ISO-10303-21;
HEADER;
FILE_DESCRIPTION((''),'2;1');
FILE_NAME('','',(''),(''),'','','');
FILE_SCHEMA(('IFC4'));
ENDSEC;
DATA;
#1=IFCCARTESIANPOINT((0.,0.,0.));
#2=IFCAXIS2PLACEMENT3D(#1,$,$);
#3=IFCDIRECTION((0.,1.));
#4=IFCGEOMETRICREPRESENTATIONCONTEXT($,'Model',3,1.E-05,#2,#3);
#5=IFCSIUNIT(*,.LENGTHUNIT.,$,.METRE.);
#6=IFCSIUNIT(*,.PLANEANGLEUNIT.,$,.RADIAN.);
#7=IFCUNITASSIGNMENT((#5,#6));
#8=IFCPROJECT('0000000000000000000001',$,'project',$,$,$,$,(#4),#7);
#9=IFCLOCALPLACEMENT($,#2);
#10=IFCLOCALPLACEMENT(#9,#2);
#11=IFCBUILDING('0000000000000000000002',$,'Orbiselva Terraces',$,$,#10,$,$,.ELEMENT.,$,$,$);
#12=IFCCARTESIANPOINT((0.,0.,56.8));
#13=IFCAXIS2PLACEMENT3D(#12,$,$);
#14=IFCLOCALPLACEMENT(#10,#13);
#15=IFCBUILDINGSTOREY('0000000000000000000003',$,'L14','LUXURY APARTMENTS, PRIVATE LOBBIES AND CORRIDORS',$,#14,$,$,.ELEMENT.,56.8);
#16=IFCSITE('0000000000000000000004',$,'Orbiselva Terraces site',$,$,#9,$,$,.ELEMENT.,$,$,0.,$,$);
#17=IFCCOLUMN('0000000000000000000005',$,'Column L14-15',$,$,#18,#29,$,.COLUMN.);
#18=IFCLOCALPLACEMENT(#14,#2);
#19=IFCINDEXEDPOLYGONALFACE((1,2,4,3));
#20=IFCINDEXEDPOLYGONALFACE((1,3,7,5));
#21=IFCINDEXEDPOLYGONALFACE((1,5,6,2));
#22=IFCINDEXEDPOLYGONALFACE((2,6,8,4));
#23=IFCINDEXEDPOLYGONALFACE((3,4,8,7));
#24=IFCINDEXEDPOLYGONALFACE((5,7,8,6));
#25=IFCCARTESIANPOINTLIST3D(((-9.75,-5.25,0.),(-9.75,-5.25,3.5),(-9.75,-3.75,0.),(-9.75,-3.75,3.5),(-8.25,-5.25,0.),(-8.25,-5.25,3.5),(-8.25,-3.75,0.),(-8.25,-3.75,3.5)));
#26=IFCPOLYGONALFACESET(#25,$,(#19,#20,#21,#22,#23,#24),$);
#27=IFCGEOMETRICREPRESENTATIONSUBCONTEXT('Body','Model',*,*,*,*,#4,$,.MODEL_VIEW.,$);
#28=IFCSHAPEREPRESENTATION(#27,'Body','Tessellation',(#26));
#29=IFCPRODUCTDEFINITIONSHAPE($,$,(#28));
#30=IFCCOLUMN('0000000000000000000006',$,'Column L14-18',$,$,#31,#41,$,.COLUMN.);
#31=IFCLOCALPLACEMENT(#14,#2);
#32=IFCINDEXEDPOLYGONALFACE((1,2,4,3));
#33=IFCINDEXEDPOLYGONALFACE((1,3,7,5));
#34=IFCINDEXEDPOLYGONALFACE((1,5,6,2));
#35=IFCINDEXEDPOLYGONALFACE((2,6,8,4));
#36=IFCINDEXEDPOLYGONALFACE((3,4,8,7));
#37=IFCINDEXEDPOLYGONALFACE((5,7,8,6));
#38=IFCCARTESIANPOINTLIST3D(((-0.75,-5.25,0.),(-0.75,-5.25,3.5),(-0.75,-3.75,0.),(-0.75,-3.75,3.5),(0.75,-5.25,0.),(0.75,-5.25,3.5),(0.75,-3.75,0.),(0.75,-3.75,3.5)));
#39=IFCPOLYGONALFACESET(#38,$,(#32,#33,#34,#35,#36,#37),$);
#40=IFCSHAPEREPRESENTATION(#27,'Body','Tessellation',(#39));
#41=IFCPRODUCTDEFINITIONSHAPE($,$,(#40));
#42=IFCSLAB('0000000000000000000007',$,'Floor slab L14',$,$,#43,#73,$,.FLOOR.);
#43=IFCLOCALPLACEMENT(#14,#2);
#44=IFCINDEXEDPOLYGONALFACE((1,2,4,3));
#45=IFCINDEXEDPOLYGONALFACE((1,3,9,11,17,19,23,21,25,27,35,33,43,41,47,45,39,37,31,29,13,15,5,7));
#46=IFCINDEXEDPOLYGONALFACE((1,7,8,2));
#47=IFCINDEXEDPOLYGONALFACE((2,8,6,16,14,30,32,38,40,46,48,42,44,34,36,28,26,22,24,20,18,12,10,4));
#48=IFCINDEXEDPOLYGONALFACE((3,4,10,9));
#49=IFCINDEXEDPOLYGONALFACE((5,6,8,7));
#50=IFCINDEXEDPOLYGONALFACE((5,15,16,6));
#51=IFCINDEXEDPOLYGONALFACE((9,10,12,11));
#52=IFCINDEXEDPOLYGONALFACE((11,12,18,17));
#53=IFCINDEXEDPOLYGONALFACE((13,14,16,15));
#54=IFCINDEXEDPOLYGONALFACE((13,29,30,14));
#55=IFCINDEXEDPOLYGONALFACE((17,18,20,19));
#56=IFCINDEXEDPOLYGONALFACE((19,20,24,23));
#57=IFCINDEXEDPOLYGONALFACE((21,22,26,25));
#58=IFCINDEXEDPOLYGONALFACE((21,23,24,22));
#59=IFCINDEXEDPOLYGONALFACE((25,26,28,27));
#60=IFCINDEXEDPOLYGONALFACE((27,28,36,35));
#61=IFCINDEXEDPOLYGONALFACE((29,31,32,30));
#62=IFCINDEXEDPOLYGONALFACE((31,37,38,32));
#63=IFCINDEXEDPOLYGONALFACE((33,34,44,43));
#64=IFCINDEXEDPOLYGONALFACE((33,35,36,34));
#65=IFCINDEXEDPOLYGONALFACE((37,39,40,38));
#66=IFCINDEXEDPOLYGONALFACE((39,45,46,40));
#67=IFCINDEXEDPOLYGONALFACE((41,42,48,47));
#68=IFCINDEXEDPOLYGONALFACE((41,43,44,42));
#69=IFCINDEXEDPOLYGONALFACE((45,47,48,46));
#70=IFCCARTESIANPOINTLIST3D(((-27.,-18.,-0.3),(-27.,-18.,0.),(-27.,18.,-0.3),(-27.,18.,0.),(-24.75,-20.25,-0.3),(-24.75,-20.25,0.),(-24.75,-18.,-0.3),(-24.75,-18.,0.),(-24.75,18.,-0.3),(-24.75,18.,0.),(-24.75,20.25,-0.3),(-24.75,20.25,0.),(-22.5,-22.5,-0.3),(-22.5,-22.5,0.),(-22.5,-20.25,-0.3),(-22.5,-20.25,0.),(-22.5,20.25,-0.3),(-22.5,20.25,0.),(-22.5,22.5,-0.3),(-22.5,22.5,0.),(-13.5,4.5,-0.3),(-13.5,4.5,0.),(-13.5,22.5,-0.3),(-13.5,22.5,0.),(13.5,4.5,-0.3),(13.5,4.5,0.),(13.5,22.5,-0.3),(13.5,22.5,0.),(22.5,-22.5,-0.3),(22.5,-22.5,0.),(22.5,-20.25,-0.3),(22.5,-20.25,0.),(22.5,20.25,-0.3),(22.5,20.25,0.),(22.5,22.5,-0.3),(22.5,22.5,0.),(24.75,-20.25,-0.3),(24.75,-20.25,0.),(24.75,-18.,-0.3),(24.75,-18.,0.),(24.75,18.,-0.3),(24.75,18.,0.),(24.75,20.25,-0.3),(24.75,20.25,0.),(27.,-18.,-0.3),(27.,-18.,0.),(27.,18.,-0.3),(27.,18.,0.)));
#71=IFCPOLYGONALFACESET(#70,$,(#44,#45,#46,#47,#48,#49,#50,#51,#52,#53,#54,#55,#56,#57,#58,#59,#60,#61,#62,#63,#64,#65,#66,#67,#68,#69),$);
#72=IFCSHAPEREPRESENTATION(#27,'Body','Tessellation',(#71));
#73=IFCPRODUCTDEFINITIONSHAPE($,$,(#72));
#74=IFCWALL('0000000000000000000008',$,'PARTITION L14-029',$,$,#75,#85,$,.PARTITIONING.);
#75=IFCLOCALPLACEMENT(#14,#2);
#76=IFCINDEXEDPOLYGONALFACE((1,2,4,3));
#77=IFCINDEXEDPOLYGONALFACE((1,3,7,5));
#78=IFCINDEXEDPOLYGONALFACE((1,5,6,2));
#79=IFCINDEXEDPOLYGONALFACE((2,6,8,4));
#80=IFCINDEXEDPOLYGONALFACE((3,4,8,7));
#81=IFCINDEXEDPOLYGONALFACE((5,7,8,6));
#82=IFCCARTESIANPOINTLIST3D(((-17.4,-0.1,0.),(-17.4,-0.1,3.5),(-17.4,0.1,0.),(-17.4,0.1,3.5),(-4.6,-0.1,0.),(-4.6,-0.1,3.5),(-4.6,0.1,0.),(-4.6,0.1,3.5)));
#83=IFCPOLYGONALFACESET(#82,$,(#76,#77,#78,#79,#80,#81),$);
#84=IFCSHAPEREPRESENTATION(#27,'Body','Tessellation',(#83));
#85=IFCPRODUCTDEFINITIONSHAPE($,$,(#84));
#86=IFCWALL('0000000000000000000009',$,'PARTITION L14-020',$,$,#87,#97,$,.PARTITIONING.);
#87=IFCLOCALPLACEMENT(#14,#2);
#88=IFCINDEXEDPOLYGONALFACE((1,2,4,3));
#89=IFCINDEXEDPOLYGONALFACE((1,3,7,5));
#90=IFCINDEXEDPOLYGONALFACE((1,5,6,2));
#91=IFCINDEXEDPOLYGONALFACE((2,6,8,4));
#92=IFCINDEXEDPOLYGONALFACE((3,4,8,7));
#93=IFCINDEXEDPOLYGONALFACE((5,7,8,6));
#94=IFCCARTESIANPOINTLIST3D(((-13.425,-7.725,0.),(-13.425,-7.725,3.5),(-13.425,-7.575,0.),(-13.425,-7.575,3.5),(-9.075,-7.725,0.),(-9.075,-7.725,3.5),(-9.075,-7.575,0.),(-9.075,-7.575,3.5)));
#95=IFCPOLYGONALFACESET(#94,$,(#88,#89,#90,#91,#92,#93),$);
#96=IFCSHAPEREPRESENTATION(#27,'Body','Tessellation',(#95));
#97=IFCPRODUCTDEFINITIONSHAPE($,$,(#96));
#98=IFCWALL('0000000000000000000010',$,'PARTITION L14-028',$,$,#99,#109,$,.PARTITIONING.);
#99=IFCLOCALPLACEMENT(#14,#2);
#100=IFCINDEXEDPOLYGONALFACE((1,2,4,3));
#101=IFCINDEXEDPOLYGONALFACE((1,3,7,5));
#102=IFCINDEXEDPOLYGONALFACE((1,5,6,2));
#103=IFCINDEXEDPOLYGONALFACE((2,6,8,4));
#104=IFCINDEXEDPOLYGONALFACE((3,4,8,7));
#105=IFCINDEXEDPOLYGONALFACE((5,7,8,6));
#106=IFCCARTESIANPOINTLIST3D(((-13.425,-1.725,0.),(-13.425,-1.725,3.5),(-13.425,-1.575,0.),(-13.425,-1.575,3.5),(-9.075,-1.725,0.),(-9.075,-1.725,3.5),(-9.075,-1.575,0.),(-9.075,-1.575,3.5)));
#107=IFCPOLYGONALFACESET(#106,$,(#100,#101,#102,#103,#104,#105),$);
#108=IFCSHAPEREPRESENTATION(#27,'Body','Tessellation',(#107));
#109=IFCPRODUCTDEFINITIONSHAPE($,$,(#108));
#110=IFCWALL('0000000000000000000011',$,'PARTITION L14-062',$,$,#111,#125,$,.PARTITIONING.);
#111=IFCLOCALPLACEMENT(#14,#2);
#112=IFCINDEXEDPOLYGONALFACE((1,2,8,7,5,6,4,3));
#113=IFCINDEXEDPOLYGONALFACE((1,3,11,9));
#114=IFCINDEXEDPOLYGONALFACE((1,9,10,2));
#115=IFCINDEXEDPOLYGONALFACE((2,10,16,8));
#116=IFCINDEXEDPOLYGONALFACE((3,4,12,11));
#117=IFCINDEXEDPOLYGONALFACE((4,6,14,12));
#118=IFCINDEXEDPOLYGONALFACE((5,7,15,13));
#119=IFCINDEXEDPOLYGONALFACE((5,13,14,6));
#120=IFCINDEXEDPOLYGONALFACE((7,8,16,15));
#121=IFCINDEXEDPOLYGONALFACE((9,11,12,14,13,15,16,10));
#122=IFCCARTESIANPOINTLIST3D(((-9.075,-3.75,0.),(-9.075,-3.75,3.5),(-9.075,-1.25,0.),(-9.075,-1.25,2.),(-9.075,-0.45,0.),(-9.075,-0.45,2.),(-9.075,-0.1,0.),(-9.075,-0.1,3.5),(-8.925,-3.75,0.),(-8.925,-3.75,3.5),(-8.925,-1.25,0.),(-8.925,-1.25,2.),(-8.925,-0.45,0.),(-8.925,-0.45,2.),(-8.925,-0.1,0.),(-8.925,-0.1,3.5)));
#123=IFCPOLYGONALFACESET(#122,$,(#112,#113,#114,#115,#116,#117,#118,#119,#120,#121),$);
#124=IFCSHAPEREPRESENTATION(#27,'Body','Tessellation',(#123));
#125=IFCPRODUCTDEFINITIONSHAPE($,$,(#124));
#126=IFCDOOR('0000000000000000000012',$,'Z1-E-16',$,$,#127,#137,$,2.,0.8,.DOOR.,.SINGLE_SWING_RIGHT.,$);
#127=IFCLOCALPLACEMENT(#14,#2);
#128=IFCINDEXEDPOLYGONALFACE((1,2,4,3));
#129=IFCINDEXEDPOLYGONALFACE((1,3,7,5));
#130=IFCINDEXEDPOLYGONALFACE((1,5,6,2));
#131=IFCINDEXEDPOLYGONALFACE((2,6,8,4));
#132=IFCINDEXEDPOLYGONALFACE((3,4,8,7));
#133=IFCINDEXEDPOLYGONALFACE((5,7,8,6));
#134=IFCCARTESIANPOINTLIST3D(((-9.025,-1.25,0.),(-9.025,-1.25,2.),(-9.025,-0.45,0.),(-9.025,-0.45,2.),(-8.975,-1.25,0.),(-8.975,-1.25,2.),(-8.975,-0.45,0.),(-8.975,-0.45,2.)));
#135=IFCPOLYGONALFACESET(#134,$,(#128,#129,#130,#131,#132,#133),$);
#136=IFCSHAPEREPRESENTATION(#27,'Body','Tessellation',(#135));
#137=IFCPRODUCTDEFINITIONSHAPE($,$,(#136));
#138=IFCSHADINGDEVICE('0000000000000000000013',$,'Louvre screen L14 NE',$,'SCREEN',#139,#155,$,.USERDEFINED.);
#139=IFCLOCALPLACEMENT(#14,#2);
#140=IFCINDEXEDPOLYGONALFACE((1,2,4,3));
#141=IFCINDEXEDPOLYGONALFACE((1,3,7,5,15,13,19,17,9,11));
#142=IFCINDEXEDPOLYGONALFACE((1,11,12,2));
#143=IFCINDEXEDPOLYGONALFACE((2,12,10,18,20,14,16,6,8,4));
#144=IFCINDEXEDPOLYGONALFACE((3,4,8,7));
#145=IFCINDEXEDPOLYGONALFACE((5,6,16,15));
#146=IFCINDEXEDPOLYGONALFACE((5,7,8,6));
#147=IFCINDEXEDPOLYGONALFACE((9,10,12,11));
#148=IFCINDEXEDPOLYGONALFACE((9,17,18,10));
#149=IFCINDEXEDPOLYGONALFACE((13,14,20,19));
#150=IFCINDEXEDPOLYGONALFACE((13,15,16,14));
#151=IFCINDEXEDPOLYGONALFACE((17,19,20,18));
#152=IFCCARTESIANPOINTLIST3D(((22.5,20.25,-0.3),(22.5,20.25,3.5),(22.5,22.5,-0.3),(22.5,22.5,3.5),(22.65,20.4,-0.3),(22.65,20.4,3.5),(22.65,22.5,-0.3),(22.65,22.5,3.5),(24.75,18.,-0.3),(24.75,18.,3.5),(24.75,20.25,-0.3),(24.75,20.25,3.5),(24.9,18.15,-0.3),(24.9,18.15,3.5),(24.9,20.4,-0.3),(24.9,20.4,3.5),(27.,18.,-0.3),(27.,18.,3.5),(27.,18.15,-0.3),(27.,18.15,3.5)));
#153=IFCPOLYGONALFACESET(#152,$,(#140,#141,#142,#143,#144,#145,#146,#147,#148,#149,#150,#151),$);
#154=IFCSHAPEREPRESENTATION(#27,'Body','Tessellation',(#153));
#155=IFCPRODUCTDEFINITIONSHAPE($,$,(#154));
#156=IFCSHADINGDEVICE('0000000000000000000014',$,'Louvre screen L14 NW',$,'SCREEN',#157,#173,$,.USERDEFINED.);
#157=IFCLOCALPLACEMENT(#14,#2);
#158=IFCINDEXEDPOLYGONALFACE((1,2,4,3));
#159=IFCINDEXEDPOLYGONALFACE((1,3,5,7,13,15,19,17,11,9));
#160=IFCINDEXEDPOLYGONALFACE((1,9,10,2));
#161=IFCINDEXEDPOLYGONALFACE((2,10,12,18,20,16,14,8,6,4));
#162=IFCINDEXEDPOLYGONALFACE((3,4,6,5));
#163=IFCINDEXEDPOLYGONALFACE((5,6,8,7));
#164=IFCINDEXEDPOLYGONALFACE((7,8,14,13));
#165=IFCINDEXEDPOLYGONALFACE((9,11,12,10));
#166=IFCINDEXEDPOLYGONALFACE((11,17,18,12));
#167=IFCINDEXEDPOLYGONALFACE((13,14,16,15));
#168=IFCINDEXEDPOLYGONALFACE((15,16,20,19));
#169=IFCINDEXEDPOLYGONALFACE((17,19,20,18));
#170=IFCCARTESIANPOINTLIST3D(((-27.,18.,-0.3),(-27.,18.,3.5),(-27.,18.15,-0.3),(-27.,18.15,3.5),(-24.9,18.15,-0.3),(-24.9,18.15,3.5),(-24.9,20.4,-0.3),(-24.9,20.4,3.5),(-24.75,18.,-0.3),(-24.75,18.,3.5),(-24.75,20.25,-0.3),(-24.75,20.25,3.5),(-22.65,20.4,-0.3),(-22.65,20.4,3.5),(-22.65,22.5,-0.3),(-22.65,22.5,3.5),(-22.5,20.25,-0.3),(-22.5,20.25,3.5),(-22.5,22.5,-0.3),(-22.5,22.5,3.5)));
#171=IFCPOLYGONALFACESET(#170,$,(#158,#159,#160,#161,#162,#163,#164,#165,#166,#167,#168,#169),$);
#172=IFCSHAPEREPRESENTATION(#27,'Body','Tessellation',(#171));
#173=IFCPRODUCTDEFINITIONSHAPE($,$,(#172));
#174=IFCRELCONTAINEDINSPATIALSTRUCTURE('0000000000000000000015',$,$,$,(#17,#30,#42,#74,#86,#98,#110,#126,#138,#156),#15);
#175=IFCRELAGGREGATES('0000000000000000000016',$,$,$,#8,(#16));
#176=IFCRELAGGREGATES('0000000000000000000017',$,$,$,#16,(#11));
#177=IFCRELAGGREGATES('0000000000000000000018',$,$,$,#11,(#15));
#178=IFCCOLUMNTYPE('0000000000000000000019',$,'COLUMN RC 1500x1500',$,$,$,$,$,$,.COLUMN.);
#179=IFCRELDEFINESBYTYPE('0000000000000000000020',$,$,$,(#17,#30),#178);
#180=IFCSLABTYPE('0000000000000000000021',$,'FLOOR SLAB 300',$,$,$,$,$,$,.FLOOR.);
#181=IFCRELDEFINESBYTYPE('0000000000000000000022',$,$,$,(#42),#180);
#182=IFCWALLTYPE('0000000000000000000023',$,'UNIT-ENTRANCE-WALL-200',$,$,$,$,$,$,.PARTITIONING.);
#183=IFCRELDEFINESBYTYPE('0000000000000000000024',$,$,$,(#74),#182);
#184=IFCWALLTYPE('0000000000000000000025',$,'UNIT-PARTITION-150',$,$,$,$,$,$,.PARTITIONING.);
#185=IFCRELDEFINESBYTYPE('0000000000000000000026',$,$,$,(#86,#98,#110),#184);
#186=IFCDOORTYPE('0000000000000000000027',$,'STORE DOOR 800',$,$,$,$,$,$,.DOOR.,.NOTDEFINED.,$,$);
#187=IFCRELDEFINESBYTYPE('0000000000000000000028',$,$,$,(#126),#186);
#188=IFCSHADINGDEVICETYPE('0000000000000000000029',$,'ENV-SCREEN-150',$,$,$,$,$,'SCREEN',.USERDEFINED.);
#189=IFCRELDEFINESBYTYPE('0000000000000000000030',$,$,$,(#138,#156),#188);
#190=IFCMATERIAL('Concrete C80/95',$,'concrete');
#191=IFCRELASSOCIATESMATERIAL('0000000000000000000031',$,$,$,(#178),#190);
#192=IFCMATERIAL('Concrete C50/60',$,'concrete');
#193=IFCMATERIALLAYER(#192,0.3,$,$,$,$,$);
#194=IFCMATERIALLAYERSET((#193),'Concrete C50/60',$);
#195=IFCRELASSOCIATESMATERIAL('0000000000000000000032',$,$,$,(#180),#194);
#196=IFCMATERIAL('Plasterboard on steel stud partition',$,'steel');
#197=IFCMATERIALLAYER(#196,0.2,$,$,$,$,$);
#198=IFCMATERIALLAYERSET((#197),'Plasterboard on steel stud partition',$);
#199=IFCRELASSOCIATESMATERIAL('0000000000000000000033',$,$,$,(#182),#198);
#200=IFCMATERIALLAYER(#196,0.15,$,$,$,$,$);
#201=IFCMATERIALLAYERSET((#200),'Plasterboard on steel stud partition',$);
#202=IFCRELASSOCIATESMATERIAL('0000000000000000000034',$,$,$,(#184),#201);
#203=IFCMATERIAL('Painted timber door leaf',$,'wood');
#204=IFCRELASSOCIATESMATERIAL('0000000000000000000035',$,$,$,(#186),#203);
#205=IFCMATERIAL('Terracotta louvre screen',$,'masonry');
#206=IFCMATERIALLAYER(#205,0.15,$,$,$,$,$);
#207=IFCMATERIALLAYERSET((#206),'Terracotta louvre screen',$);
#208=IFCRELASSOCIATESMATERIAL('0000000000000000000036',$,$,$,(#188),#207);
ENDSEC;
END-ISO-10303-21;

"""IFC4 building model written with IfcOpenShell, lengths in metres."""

from ifc_helpers import new_model, si_unit, direction, frame, frame_2d, origin, origin_2d, place, context, subcontext, project, spatial, polyline, rectangle, outline, extrude, material, layer, layer_set, material_profile, profile_set, type_object, element, fill, save


model = new_model("IFC4")

# Units and contexts
model_context = context("Model", 3, precision=1e-05, world=origin(), true_north=direction((0.0, 1.0)))
body_context = subcontext(model_context, "Body", "Model", "MODEL_VIEW")
ifc_project = project(units=[si_unit("LENGTHUNIT", "METRE"), si_unit("PLANEANGLEUNIT", "RADIAN")], contexts=[model_context])

# Site, building, storey
site_placement = place(None, origin())
site = spatial("IfcSite", under=ifc_project, at=site_placement, Name="Orbiselva Terraces site", CompositionType="ELEMENT", RefElevation=0.0)
building_placement = place(site_placement, origin())
building = spatial("IfcBuilding", under=site, at=building_placement, Name="Orbiselva Terraces", CompositionType="ELEMENT")
storey_placement = place(building_placement, frame((0.0, 0.0, 56.8)))
storey = spatial("IfcBuildingStorey", under=building, at=storey_placement, Name="L14", Description="LUXURY APARTMENTS, PRIVATE LOBBIES AND CORRIDORS", CompositionType="ELEMENT", Elevation=56.8)

# Columns
ifc_material_1 = material(Name="Concrete C80/95", Category="concrete")
ifc_material_profile = material_profile(ifc_material_1, rectangle(XDim=1.5, YDim=1.5, at=origin_2d()), Name="RC 1500x1500")
ifc_profile_set = profile_set([ifc_material_profile], Name="Concrete C80/95")
column_type = type_object("IfcColumnType", Name="COLUMN RC 1500x1500", PredefinedType="COLUMN", material=ifc_profile_set)
for number, where, z_axis, x_axis, name in (
    (1, (-9.0, -4.5, 0.0), (0.0, 0.0, 1.0), (1.0, 0.0, 0.0), "Column L14-15"),
    (2, (0.0, -4.5, 0.0), (0.0, 0.0, 1.0), (1.0, 0.0, 0.0), "Column L14-18"),
):
    element("IfcColumn", number, at=place(storey_placement, frame(where, z_axis=z_axis, x_axis=x_axis)), inside=storey, type_object=column_type, Name=name, PredefinedType="COLUMN", context=body_context, shape_type="SweptSolid", body=[
        extrude(rectangle(XDim=1.5, YDim=1.5, at=origin_2d()), origin(), (0.0, 0.0, 1.0), 3.5),
    ])

# Slab
ifc_material_2 = material(Name="Concrete C50/60", Category="concrete")
ifc_layer_1 = layer(ifc_material_2, 0.3)
ifc_layer_set_1 = layer_set([ifc_layer_1], Name="Concrete C50/60")
slab_type = type_object("IfcSlabType", Name="FLOOR SLAB 300", PredefinedType="FLOOR", material=ifc_layer_set_1)
slab_placement = place(storey_placement, frame((0.0, 0.0, -0.3)))
element("IfcSlab", 3, at=slab_placement, inside=storey, type_object=slab_type, Name="Floor slab L14", PredefinedType="FLOOR", context=body_context, shape_type="SweptSolid", body=[
    extrude(outline(polyline([(22.5, 22.5), (22.5, 20.25), (24.75, 20.25), (24.75, 18.0), (27.0, 18.0), (27.0, -18.0), (24.75, -18.0), (24.75, -20.25), (22.5, -20.25), (22.5, -22.5), (-22.5, -22.5), (-22.5, -20.25), (-24.75, -20.25), (-24.75, -18.0), (-27.0, -18.0), (-27.0, 18.0), (-24.75, 18.0), (-24.75, 20.25), (-22.5, 20.25), (-22.5, 22.5), (-13.5, 22.5), (-13.5, 4.5), (13.5, 4.5), (13.5, 22.5), (22.5, 22.5)])), origin(), (0.0, 0.0, 1.0), 0.3),
])

# Walls
ifc_material_3 = material(Name="Plasterboard on steel stud partition", Category="steel")
ifc_layer_2 = layer(ifc_material_3, 0.2)
ifc_layer_set_2 = layer_set([ifc_layer_2], Name="Plasterboard on steel stud partition")
wall_type_1 = type_object("IfcWallType", Name="UNIT-ENTRANCE-WALL-200", PredefinedType="PARTITIONING", material=ifc_layer_set_2)
wall_1_placement = place(storey_placement, frame((-17.4, 0.0, 0.0), z_axis=(0.0, 0.0, 1.0), x_axis=(1.0, 0.0, 0.0)))
element("IfcWall", 4, at=wall_1_placement, inside=storey, type_object=wall_type_1, Name="PARTITION L14-029", PredefinedType="PARTITIONING", context=body_context, shape_type="SweptSolid", body=[
    extrude(rectangle(XDim=12.8, YDim=0.2, at=frame_2d((6.4, 0.0))), origin(), (0.0, 0.0, 1.0), 3.5),
])
ifc_layer_3 = layer(ifc_material_3, 0.15)
ifc_layer_set_3 = layer_set([ifc_layer_3], Name="Plasterboard on steel stud partition")
wall_type_2 = type_object("IfcWallType", Name="UNIT-PARTITION-150", PredefinedType="PARTITIONING", material=ifc_layer_set_3)
for number, where, z_axis, x_axis, name in (
    (5, (-13.425, -7.65, 0.0), (0.0, 0.0, 1.0), (1.0, 0.0, 0.0), "PARTITION L14-020"),
    (6, (-13.425, -1.65, 0.0), (0.0, 0.0, 1.0), (1.0, 0.0, 0.0), "PARTITION L14-028"),
):
    element("IfcWall", number, at=place(storey_placement, frame(where, z_axis=z_axis, x_axis=x_axis)), inside=storey, type_object=wall_type_2, Name=name, PredefinedType="PARTITIONING", context=body_context, shape_type="SweptSolid", body=[
        extrude(rectangle(XDim=4.35, YDim=0.15, at=frame_2d((2.175, 0.0))), origin(), (0.0, 0.0, 1.0), 3.5),
    ])

# Wall, opening, door
wall_2_placement = place(storey_placement, frame((-9.0, -3.75, 0.0), z_axis=(0.0, 0.0, 1.0), x_axis=(0.0, 1.0, 0.0)))
wall_2 = element("IfcWall", 7, at=wall_2_placement, inside=storey, type_object=wall_type_2, Name="PARTITION L14-062", PredefinedType="PARTITIONING", context=body_context, shape_type="SweptSolid", body=[
    extrude(rectangle(XDim=3.65, YDim=0.15, at=frame_2d((1.825, 0.0))), origin(), (0.0, 0.0, 1.0), 3.5),
])
opening_placement = place(wall_2_placement, frame((2.5, 0.0, 0.0)))
opening = element("IfcOpeningElement", 8, at=opening_placement, cuts=wall_2, PredefinedType="OPENING", context=body_context, shape_type="SweptSolid", body=[
    extrude(rectangle(XDim=0.8, YDim=2.0, at=frame_2d((0.4, 1.0))), frame((0.0, 0.085, 0.0), z_axis=(0.0, -1.0, 0.0), x_axis=(1.0, 0.0, 0.0)), (0.0, 0.0, 1.0), 0.17),
])
ifc_material_4 = material(Name="Painted timber door leaf", Category="wood")
door_type = type_object("IfcDoorType", Name="STORE DOOR 800", OperationType="NOTDEFINED", PredefinedType="DOOR", material=ifc_material_4)
door_placement = place(opening_placement, origin())
door = element("IfcDoor", 9, at=door_placement, inside=storey, type_object=door_type, Name="Z1-E-16", OperationType="SINGLE_SWING_RIGHT", OverallHeight=2.0, OverallWidth=0.8, PredefinedType="DOOR", context=body_context, shape_type="SweptSolid", body=[
    extrude(rectangle(XDim=0.8, YDim=2.0, at=frame_2d((0.4, 1.0))), frame((0.0, 0.025, 0.0), z_axis=(0.0, -1.0, 0.0), x_axis=(1.0, 0.0, 0.0)), (0.0, 0.0, 1.0), 0.05),
])
fill(opening, door)

# Shading devices
ifc_material_5 = material(Name="Terracotta louvre screen", Category="masonry")
ifc_layer_4 = layer(ifc_material_5, 0.15)
ifc_layer_set_4 = layer_set([ifc_layer_4], Name="Terracotta louvre screen")
shading_device_type_1 = type_object("IfcShadingDeviceType", Name="ENV-SCREEN-150", ElementType="SCREEN", PredefinedType="USERDEFINED", material=ifc_layer_set_4)
shading_device_1_placement = place(storey_placement, frame((0.0, 0.0, -0.3)))
element("IfcShadingDevice", 10, at=shading_device_1_placement, inside=storey, type_object=shading_device_type_1, Name="Louvre screen L14 NE", ObjectType="SCREEN", PredefinedType="USERDEFINED", context=body_context, shape_type="SweptSolid", body=[
    extrude(outline(polyline([(27.0, 18.15), (24.9, 18.15), (24.9, 20.4), (22.65, 20.4), (22.65, 22.5), (22.5, 22.5), (22.5, 20.25), (24.75, 20.25), (24.75, 18.0), (27.0, 18.0), (27.0, 18.15)])), origin(), (0.0, 0.0, 1.0), 3.8),
])
shading_device_2_placement = place(storey_placement, frame((0.0, 0.0, -0.3)))
element("IfcShadingDevice", 11, at=shading_device_2_placement, inside=storey, type_object=shading_device_type_1, Name="Louvre screen L14 NW", ObjectType="SCREEN", PredefinedType="USERDEFINED", context=body_context, shape_type="SweptSolid", body=[
    extrude(outline(polyline([(-22.65, 22.5), (-22.65, 20.4), (-24.9, 20.4), (-24.9, 18.15), (-27.0, 18.15), (-27.0, 18.0), (-24.75, 18.0), (-24.75, 20.25), (-22.5, 20.25), (-22.5, 22.5), (-22.65, 22.5)])), origin(), (0.0, 0.0, 1.0), 3.8),
])

save(model, "model.ifc")
